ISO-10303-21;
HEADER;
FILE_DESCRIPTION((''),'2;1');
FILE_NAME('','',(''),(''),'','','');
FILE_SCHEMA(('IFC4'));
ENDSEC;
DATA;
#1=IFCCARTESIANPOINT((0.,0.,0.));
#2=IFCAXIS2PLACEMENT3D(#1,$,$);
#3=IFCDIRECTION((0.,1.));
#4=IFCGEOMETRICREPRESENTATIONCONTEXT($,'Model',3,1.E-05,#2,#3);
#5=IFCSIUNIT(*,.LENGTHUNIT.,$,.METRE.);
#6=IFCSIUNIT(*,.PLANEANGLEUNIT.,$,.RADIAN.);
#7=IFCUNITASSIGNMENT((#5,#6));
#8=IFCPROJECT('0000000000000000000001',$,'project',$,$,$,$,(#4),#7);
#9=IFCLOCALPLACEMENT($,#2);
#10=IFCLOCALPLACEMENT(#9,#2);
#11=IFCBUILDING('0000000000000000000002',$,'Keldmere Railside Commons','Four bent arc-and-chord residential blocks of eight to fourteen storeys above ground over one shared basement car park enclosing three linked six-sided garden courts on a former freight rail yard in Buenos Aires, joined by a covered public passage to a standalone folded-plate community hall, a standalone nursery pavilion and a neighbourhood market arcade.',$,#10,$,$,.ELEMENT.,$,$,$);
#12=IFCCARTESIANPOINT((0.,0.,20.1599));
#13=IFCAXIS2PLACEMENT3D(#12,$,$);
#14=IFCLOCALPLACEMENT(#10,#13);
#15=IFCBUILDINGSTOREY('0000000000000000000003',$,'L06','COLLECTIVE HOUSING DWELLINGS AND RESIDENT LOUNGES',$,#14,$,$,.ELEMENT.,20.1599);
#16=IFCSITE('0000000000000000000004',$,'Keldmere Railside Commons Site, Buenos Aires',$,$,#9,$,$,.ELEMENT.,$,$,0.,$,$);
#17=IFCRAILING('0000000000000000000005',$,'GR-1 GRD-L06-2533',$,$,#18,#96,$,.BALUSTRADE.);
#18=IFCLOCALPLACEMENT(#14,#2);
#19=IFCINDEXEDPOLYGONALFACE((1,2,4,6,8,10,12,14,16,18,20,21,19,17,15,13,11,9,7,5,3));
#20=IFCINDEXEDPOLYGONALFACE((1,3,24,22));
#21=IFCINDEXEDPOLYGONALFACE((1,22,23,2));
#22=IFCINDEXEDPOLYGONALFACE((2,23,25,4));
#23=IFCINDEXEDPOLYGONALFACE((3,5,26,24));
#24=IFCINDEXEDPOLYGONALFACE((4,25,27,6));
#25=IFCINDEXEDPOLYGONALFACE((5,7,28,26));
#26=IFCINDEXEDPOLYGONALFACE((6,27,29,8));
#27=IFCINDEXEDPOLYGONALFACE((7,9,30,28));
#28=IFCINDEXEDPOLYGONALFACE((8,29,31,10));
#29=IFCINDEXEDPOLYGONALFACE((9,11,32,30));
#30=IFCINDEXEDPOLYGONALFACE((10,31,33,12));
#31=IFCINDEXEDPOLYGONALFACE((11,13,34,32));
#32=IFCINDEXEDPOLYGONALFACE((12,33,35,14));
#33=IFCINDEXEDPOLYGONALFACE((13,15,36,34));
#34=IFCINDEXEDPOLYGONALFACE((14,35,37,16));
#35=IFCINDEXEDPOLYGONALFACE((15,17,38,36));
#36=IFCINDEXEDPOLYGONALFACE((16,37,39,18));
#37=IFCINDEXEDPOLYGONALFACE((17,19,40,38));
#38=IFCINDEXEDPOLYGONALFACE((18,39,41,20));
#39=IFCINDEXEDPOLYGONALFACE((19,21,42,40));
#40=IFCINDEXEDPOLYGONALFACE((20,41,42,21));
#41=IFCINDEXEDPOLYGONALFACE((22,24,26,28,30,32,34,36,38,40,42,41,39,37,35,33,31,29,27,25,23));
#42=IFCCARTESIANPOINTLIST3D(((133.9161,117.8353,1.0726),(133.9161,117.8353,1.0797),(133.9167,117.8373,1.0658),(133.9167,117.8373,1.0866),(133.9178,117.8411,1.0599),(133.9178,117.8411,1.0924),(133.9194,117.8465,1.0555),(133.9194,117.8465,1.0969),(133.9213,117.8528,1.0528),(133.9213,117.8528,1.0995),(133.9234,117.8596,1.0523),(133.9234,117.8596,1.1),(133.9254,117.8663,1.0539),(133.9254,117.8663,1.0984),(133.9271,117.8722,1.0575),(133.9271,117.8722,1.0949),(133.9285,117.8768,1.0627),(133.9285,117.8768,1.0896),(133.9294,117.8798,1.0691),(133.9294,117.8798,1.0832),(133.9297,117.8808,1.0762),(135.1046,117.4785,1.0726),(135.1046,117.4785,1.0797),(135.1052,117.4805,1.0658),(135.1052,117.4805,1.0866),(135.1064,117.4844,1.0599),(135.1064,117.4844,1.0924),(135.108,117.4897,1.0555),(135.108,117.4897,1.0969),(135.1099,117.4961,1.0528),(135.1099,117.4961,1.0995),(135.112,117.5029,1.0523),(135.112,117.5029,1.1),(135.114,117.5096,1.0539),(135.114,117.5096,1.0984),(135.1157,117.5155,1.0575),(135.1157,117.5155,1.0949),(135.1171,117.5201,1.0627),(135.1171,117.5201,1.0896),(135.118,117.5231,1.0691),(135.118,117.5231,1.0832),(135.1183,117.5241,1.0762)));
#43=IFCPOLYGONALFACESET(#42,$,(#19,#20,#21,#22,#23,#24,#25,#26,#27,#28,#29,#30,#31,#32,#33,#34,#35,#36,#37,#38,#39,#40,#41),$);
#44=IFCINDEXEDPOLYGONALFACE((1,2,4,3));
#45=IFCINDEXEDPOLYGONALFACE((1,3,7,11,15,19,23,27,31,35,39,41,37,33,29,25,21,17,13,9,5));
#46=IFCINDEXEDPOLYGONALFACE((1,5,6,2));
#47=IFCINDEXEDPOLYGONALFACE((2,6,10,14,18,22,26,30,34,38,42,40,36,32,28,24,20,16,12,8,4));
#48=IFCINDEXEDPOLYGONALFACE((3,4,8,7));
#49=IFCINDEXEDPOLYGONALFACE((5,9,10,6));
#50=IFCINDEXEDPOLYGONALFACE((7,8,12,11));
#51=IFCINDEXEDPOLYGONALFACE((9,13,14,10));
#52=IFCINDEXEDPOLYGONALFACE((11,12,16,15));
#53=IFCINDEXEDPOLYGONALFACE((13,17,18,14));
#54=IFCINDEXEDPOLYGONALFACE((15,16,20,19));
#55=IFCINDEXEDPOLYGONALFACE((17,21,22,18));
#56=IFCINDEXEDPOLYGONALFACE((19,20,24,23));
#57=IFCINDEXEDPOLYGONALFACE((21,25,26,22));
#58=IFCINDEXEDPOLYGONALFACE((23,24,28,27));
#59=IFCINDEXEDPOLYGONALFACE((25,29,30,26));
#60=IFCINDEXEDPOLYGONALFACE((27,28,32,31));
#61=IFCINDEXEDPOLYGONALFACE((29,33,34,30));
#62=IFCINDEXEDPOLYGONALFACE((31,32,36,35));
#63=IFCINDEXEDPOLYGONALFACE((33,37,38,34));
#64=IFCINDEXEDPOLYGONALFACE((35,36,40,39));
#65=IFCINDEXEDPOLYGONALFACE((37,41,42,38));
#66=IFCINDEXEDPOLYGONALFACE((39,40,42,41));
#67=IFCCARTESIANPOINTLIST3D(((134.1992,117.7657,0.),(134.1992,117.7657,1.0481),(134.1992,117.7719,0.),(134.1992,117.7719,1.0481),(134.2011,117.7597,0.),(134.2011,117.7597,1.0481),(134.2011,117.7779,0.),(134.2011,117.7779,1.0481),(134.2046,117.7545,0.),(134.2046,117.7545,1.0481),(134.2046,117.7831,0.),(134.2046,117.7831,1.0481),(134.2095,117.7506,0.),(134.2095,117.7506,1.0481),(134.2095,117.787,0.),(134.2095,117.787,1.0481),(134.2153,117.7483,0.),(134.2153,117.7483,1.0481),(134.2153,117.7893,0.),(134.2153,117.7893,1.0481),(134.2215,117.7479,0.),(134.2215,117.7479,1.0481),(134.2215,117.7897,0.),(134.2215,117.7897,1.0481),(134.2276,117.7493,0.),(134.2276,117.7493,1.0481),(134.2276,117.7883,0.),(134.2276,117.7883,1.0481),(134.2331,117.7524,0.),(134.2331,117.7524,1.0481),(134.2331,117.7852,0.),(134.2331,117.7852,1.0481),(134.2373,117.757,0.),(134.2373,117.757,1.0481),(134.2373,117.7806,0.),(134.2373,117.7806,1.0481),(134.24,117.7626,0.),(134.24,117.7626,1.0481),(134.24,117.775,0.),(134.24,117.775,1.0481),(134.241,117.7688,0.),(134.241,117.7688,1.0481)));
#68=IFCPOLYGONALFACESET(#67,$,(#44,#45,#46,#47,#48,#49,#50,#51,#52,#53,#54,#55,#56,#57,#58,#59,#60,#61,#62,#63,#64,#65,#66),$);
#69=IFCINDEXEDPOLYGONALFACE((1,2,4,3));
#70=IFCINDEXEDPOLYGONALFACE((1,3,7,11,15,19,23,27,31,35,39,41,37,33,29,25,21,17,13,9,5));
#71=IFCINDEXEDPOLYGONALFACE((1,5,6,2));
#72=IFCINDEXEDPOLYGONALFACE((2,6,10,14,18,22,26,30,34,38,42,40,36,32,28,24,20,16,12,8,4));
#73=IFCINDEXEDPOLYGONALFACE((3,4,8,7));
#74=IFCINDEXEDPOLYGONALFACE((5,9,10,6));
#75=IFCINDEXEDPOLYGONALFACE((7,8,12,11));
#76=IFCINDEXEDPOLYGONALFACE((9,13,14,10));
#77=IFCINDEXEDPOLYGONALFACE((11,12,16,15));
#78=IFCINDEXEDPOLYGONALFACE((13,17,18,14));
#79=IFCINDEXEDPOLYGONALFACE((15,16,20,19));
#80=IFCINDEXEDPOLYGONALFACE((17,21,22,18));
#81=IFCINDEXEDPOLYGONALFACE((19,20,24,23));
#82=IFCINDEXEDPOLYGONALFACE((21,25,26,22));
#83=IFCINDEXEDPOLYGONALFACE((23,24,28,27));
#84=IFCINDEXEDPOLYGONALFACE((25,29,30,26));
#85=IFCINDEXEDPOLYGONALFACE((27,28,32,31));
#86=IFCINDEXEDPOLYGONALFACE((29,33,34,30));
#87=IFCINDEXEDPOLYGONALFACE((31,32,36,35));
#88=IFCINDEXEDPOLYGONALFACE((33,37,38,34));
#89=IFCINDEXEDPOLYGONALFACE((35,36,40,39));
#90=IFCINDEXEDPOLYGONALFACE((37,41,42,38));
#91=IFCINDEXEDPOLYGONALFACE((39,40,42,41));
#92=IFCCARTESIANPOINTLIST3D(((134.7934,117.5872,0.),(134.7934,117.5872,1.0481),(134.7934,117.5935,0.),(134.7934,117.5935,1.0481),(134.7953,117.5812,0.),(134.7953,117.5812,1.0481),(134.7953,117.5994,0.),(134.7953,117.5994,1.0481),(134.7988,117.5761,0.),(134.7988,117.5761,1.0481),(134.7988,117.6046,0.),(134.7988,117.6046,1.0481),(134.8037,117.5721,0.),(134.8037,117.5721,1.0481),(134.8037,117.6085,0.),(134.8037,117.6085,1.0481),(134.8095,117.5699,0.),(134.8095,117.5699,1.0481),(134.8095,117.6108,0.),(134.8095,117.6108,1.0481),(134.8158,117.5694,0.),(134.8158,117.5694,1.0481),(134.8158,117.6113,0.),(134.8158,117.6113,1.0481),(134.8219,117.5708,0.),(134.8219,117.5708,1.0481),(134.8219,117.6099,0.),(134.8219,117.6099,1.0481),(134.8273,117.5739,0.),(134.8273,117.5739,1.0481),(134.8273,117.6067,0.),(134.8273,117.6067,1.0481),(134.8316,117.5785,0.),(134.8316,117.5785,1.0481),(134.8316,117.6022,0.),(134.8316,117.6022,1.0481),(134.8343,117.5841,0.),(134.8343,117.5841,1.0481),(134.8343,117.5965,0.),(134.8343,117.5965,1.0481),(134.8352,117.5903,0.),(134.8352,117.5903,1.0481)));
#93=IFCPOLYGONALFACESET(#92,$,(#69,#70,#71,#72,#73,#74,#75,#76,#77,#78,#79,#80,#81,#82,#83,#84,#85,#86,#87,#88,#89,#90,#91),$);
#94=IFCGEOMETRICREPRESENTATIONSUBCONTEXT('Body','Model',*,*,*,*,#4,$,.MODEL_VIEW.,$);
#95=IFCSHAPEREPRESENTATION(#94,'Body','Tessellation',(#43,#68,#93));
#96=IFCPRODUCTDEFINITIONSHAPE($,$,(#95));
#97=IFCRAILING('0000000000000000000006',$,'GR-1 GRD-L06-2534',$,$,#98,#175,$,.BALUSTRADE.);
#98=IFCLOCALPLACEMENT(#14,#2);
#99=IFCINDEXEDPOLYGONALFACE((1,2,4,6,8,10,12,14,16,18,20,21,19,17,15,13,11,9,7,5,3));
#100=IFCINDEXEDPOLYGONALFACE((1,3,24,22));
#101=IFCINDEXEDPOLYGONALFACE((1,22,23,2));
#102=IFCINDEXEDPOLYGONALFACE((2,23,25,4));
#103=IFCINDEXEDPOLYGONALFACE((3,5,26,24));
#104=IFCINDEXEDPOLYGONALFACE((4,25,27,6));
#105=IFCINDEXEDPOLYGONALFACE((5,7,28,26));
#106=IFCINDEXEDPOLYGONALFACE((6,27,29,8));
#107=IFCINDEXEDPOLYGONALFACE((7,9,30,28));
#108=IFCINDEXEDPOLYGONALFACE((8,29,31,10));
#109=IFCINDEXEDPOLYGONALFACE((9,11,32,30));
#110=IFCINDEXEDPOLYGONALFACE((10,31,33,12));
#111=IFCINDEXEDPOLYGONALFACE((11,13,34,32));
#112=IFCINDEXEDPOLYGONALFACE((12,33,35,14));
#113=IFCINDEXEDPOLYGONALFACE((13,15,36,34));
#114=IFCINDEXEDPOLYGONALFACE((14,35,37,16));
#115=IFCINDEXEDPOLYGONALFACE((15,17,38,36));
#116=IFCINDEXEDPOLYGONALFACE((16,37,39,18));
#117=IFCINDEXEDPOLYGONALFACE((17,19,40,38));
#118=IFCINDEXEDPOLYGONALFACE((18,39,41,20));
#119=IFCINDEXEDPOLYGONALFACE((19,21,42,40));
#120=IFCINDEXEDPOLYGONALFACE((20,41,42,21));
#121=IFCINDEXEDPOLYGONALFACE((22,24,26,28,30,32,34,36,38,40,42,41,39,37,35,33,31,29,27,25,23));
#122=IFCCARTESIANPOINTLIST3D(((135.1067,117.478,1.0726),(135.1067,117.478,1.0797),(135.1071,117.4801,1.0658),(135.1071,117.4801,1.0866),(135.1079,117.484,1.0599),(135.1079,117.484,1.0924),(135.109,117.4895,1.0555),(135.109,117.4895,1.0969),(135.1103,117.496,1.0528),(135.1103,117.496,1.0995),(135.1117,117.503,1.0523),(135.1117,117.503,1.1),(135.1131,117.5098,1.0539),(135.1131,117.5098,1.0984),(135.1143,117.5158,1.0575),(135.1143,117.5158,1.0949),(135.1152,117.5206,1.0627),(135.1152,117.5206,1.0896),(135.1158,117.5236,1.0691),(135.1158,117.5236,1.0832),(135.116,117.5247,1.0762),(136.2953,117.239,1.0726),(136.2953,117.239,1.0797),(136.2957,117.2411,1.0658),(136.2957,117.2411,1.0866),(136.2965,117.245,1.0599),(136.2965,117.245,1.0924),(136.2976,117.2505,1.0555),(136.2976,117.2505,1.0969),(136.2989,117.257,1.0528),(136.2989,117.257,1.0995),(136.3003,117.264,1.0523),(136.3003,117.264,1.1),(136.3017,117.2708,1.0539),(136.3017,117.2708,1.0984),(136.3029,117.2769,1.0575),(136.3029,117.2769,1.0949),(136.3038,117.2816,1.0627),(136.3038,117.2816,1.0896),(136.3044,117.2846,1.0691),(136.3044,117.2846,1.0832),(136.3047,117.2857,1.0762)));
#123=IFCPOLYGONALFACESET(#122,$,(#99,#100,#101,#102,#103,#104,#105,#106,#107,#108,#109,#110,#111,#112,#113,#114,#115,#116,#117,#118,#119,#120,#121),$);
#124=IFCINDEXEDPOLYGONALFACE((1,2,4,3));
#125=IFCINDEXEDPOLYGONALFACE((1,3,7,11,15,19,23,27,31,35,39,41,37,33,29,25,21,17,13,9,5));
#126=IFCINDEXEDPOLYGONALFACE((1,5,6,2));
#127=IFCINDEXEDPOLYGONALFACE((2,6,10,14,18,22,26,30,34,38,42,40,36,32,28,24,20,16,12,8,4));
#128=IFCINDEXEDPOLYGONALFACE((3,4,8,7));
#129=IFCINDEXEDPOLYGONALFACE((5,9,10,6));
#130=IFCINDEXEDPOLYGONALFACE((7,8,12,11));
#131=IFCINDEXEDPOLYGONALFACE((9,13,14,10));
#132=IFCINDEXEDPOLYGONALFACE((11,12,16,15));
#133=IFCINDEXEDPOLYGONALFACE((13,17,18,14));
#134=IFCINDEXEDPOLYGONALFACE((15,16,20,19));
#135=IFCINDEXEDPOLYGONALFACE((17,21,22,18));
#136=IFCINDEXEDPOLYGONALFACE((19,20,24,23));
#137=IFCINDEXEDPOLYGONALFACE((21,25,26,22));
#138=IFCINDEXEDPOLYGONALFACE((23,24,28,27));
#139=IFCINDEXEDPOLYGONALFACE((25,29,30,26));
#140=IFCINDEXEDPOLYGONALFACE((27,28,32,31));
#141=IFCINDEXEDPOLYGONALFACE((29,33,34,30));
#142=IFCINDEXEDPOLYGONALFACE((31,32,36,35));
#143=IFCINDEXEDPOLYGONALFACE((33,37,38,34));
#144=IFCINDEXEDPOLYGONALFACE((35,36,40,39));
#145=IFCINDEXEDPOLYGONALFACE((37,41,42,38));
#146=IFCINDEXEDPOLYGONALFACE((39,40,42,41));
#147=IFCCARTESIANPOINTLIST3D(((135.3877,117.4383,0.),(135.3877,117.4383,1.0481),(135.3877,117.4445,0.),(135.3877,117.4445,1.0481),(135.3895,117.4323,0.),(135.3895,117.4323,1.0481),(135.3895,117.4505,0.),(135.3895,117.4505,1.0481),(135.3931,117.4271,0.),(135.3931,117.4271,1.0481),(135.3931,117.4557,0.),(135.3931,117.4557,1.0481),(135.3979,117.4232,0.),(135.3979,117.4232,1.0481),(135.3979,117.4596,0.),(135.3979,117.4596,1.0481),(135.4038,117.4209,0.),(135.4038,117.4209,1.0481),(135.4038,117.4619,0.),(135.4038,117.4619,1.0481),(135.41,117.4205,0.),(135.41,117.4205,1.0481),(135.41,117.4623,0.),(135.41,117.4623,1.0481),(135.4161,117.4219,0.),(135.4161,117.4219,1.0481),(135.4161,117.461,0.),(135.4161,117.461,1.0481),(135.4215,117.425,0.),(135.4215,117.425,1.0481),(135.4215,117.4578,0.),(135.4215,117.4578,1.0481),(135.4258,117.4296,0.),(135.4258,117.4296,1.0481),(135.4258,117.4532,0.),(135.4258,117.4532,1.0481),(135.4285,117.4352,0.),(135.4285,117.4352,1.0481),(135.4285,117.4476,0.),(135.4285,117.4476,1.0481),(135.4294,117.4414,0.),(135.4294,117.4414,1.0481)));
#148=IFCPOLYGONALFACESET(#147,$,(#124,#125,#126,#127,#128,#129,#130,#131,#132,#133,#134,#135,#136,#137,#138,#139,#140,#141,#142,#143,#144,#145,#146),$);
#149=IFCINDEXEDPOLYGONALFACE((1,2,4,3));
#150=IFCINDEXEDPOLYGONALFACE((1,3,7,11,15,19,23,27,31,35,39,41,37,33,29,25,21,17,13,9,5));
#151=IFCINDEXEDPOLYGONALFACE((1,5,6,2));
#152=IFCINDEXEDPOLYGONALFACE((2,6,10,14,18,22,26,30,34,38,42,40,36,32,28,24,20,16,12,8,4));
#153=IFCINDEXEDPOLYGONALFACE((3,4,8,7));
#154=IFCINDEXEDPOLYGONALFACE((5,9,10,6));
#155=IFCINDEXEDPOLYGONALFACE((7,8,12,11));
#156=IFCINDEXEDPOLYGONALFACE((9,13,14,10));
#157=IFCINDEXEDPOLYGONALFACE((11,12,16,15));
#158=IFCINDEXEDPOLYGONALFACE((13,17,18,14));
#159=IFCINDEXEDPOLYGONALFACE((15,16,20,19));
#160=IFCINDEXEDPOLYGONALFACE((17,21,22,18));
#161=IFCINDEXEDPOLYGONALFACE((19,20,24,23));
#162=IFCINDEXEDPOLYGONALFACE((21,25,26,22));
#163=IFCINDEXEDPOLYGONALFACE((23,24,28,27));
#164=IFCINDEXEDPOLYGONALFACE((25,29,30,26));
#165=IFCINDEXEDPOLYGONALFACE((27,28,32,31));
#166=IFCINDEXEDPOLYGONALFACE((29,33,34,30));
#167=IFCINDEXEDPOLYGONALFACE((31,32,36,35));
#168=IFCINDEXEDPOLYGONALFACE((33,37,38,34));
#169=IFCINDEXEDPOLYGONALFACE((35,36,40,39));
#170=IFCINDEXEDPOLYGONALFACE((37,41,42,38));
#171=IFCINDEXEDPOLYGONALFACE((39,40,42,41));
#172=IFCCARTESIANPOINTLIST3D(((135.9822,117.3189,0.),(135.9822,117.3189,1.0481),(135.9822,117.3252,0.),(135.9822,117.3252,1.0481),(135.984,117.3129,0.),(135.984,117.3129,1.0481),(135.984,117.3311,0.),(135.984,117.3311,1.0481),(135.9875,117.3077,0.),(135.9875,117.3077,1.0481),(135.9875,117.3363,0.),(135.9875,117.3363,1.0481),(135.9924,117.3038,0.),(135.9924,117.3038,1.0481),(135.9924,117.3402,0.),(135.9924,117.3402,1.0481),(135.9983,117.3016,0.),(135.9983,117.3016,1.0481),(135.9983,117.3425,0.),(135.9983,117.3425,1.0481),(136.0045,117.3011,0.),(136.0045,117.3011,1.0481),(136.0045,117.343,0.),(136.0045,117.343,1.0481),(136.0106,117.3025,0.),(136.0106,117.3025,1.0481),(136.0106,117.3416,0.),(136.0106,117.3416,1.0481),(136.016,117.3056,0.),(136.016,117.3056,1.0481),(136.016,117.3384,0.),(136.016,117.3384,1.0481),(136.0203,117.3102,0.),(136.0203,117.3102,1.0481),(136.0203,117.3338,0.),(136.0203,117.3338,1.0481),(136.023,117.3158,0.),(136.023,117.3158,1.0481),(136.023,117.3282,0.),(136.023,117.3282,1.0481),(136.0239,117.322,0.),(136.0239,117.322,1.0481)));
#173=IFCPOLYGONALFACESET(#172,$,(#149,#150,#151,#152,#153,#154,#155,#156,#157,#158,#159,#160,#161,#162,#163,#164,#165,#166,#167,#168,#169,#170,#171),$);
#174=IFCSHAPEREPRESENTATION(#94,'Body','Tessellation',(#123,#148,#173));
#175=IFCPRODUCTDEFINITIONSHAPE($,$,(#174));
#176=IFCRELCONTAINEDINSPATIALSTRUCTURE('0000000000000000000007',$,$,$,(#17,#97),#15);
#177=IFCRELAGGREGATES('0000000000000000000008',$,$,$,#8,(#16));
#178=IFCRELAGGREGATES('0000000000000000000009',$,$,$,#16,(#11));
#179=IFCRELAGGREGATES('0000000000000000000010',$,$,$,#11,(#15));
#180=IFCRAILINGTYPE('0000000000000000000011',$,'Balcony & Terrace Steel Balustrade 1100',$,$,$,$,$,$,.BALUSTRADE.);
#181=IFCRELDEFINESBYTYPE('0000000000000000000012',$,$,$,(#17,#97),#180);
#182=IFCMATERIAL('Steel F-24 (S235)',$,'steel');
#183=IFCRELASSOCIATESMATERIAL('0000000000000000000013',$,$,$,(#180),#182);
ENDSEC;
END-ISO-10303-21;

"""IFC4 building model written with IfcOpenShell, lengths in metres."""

from ifc_helpers import new_model, si_unit, direction, frame, origin, origin_2d, place, context, subcontext, project, spatial, circle, extrude, material, type_object, element, save


model = new_model("IFC4")

# Units and contexts
model_context = context("Model", 3, precision=1e-05, world=origin(), true_north=direction((0.0, 1.0)))
body_context = subcontext(model_context, "Body", "Model", "MODEL_VIEW")
ifc_project = project(units=[si_unit("LENGTHUNIT", "METRE"), si_unit("PLANEANGLEUNIT", "RADIAN")], contexts=[model_context])

# Site, building, storey
site_placement = place(None, origin())
site = spatial("IfcSite", under=ifc_project, at=site_placement, Name="Keldmere Railside Commons Site, Buenos Aires", CompositionType="ELEMENT", RefElevation=0.0)
building_placement = place(site_placement, origin())
building = spatial("IfcBuilding", under=site, at=building_placement, Name="Keldmere Railside Commons", Description="Four bent arc-and-chord residential blocks of eight to fourteen storeys above ground over one shared basement car park enclosing three linked six-sided garden courts on a former freight rail yard in Buenos Aires, joined by a covered public passage to a standalone folded-plate community hall, a standalone nursery pavilion and a neighbourhood market arcade.", CompositionType="ELEMENT")
storey_placement = place(building_placement, frame((0.0, 0.0, 20.1599)))
storey = spatial("IfcBuildingStorey", under=building, at=storey_placement, Name="L06", Description="COLLECTIVE HOUSING DWELLINGS AND RESIDENT LOUNGES", CompositionType="ELEMENT", Elevation=20.1599)

# Railings
ifc_material_1 = material(Name="Steel F-24 (S235)", Category="steel")
railing_type_1 = type_object("IfcRailingType", Name="Balcony & Terrace Steel Balustrade 1100", PredefinedType="BALUSTRADE", material=ifc_material_1)
railing_1_placement = place(storey_placement, frame((133.9229, 117.8579, 0.0)))
element("IfcRailing", 1, at=railing_1_placement, inside=storey, type_object=railing_type_1, Name="GR-1 GRD-L06-2533", PredefinedType="BALUSTRADE", context=body_context, shape_type="SweptSolid", body=[
    extrude(circle(Radius=0.0239, at=origin_2d()), frame((0.0, 0.0, 1.0762), z_axis=(0.957794, -0.287456, 0.0), x_axis=(0.287456, 0.957794, 0.0)), (0.0, 0.0, 1.0), 1.241),
    extrude(circle(Radius=0.021, at=origin_2d()), frame((0.2971, -0.0891, 0.0)), (0.0, 0.0, 1.0), 1.0481),
    extrude(circle(Radius=0.021, at=origin_2d()), frame((0.8914, -0.2676, 0.0)), (0.0, 0.0, 1.0), 1.0481),
])
railing_2_placement = place(storey_placement, frame((135.1113, 117.5012, 0.0)))
element("IfcRailing", 2, at=railing_2_placement, inside=storey, type_object=railing_type_1, Name="GR-1 GRD-L06-2534", PredefinedType="BALUSTRADE", context=body_context, shape_type="SweptSolid", body=[
    extrude(circle(Radius=0.0239, at=origin_2d()), frame((0.0, 0.0, 1.0762), z_axis=(0.980379, -0.197123, 0.0), x_axis=(0.197123, 0.980379, 0.0)), (0.0, 0.0, 1.0), 1.2124),
    extrude(circle(Radius=0.021, at=origin_2d()), frame((0.2971, -0.0598, 0.0)), (0.0, 0.0, 1.0), 1.0481),
    extrude(circle(Radius=0.021, at=origin_2d()), frame((0.8916, -0.1792, 0.0)), (0.0, 0.0, 1.0), 1.0481),
])

save(model, "model.ifc")
